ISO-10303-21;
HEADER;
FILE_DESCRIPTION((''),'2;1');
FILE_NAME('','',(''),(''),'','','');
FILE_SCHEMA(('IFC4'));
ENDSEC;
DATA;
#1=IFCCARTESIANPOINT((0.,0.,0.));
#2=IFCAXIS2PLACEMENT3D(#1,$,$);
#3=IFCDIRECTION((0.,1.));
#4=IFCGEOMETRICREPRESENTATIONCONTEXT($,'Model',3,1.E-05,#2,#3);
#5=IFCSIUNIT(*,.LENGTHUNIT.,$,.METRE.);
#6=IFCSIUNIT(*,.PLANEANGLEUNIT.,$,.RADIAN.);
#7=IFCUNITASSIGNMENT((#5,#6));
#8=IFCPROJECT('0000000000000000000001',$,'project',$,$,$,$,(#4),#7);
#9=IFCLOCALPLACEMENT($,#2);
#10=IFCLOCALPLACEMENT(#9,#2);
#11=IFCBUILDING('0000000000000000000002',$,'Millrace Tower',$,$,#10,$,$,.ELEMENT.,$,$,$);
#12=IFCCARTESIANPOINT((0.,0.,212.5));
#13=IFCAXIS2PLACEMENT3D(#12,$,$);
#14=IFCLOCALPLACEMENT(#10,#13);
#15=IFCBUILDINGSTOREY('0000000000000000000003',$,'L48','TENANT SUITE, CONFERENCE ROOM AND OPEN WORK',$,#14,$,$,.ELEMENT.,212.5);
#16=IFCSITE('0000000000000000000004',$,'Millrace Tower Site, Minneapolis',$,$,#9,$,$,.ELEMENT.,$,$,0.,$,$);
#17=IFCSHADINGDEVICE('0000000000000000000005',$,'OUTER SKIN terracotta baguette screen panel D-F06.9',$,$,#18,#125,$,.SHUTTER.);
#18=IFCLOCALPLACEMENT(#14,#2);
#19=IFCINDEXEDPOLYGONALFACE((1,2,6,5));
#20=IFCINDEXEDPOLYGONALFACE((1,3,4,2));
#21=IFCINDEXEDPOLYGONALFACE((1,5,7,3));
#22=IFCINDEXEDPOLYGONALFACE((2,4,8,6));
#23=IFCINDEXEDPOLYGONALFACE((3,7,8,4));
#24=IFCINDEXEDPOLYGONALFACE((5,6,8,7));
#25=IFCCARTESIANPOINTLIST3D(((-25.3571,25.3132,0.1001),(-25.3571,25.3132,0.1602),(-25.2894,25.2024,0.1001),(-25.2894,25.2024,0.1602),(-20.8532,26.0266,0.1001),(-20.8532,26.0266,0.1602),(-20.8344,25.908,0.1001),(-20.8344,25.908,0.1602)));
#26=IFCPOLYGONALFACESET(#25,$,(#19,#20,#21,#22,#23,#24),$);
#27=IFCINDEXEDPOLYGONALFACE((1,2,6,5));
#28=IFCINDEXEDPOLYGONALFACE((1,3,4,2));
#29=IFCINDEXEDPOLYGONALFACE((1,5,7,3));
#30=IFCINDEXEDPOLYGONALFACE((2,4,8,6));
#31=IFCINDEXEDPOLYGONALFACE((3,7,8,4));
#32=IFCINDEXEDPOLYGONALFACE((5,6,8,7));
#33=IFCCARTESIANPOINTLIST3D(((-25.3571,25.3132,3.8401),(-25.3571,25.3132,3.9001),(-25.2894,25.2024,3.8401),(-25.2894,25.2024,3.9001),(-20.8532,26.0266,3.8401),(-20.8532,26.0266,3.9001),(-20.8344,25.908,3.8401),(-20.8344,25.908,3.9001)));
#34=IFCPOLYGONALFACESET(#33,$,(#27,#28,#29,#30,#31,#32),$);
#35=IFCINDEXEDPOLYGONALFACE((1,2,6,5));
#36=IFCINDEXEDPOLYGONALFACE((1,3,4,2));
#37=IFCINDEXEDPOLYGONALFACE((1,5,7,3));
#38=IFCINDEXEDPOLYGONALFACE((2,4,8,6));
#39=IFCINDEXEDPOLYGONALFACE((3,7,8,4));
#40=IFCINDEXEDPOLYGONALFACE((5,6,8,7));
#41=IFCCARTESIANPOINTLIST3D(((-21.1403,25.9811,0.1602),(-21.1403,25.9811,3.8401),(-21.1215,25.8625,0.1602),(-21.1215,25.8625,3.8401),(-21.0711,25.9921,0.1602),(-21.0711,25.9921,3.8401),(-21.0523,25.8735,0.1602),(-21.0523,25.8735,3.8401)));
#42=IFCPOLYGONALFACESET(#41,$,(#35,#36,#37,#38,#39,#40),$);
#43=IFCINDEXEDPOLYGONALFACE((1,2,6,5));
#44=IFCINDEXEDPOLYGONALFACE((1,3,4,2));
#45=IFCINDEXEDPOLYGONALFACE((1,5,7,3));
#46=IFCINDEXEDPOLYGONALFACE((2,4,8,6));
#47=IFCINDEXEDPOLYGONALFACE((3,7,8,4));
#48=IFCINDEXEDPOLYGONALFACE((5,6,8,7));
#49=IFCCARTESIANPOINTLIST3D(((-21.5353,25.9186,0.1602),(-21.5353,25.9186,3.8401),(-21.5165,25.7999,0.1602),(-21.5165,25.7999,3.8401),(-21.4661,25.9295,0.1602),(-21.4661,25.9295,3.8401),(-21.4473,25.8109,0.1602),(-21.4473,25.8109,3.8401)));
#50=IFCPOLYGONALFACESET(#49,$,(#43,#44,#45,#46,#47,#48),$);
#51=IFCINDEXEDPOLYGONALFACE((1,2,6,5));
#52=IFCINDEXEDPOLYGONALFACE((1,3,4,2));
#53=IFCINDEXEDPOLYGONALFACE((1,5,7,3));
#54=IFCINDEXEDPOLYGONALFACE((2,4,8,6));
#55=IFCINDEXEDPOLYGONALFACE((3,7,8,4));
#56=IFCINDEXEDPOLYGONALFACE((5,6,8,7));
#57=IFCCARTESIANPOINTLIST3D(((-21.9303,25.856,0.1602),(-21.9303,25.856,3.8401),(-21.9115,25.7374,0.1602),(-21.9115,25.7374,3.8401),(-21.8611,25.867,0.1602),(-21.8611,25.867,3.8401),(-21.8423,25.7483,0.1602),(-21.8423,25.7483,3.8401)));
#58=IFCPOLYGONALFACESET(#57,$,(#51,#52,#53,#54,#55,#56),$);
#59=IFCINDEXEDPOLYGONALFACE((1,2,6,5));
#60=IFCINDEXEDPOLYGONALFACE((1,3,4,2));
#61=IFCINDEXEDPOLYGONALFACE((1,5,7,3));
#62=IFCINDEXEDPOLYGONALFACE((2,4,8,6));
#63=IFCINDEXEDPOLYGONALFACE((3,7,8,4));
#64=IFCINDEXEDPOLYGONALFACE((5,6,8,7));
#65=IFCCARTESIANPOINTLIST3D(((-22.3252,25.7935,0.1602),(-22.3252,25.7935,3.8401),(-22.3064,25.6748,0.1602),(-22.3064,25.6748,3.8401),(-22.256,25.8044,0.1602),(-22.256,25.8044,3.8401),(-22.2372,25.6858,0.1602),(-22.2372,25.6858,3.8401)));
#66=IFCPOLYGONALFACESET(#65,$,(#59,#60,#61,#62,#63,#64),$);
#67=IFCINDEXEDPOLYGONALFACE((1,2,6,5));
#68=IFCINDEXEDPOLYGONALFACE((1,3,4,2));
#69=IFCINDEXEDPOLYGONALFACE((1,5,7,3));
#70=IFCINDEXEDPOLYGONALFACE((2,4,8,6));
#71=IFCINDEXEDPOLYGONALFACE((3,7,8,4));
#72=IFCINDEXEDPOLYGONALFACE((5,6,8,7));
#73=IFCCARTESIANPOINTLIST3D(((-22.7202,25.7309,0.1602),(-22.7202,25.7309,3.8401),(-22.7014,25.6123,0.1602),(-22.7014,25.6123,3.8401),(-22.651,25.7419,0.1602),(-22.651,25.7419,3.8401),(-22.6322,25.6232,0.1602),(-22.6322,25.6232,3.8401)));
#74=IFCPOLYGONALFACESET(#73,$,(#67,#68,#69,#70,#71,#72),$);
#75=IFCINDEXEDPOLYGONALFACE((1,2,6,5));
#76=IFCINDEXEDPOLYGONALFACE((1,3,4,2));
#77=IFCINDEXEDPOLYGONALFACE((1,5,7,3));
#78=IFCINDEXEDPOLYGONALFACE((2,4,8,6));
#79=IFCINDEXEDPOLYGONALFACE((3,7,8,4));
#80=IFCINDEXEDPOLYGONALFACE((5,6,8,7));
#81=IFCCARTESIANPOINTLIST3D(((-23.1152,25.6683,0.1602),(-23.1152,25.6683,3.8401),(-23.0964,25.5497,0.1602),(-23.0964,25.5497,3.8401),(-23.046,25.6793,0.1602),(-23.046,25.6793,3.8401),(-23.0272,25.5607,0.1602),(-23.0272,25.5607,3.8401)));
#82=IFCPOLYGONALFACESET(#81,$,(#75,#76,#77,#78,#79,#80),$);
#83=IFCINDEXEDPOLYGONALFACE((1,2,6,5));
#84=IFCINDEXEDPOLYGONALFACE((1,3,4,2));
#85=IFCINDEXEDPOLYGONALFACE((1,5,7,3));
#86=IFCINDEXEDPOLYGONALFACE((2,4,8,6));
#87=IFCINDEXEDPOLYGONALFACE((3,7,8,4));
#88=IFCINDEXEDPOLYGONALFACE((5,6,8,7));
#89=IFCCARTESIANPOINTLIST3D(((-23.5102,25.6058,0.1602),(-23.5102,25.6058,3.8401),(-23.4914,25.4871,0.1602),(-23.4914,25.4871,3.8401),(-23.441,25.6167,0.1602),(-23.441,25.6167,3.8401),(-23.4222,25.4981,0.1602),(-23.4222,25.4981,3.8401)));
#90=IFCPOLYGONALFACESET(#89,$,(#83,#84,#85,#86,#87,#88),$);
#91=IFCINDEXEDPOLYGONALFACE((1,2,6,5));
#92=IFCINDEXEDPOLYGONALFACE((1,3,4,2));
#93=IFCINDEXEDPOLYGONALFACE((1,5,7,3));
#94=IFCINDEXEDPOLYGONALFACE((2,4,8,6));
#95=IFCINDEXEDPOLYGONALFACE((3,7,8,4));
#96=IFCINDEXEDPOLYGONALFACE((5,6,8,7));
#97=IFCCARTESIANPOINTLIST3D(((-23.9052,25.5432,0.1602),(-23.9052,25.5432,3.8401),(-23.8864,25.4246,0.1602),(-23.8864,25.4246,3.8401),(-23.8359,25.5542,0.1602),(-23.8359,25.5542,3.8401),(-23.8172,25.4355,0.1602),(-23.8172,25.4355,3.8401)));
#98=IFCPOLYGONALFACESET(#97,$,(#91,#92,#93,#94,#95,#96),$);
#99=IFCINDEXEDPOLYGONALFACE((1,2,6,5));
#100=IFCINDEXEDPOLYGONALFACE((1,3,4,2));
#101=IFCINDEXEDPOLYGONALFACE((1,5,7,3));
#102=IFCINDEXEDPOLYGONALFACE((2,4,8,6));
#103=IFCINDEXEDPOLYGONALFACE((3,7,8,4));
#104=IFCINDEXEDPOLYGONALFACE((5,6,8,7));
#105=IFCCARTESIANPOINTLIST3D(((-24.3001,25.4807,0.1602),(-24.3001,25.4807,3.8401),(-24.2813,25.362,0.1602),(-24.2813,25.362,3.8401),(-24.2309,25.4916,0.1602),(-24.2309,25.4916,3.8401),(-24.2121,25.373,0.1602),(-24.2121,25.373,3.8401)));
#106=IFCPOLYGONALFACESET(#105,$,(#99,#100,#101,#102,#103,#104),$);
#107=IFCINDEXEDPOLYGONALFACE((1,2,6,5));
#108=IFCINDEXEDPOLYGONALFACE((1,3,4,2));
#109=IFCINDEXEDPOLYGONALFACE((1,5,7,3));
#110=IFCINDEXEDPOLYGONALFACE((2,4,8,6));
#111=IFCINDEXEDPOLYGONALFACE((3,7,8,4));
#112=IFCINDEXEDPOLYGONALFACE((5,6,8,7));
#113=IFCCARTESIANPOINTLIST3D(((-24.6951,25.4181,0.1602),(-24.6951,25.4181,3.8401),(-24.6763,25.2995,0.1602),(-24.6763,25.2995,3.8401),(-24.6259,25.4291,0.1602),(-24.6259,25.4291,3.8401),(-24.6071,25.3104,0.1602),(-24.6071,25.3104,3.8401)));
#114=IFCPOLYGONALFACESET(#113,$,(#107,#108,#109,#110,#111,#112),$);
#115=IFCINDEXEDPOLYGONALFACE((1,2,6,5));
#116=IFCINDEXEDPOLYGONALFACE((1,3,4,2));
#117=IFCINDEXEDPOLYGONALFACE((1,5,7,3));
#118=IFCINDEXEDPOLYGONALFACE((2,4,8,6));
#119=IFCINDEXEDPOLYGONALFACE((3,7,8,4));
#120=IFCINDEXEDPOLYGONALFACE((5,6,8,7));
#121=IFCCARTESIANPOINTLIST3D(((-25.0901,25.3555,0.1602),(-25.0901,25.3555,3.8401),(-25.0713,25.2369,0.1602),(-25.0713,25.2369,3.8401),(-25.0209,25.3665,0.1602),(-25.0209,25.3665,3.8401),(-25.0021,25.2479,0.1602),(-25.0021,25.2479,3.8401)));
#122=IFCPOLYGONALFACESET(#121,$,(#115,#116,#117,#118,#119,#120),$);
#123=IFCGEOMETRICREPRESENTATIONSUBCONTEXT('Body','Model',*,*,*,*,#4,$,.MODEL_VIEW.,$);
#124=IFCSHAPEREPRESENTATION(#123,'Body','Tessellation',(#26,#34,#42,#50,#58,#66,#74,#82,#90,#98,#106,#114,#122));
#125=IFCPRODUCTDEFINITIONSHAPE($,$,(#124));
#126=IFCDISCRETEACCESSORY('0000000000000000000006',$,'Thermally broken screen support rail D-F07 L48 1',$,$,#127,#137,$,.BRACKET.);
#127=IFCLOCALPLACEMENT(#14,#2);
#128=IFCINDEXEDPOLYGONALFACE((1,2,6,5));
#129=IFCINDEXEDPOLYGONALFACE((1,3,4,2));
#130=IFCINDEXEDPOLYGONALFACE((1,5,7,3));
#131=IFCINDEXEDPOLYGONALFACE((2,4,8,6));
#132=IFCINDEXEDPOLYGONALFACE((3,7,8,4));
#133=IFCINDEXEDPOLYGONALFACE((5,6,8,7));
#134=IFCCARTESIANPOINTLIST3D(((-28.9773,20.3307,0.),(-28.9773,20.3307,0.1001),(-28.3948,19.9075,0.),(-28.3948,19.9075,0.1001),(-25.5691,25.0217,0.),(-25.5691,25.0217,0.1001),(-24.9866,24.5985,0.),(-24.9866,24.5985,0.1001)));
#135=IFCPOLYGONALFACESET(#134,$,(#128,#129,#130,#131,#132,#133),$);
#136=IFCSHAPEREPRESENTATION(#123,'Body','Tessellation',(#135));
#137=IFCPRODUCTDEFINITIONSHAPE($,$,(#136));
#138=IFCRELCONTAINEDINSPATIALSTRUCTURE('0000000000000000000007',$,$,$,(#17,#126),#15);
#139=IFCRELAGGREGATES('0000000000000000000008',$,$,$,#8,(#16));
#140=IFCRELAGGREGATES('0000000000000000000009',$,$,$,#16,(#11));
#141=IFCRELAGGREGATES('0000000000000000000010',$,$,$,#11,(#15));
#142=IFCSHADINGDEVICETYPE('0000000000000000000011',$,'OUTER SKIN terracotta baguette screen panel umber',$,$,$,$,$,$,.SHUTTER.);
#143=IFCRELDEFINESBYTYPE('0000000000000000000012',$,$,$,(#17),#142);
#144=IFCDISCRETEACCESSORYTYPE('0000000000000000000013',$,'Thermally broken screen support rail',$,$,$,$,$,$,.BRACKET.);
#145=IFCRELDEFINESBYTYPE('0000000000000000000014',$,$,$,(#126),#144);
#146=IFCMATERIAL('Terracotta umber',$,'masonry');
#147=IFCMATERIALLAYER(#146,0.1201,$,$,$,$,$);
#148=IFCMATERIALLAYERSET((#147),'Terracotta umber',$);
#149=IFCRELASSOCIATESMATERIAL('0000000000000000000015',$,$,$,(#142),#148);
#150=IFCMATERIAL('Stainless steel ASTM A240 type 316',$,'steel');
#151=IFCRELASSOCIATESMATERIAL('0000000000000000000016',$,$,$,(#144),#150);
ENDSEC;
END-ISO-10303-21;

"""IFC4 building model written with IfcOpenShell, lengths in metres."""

from ifc_helpers import new_model, entity, si_unit, direction, frame, frame_2d, origin, origin_2d, place, context, subcontext, project, spatial, rectangle, extrude, source, transform, mapped, material, layer, layer_set, type_object, element, save


model = new_model("IFC4")

# Units and contexts
model_context = context("Model", 3, precision=1e-05, world=origin(), true_north=direction((0.0, 1.0)))
body_context = subcontext(model_context, "Body", "Model", "MODEL_VIEW")
ifc_project = project(units=[si_unit("LENGTHUNIT", "METRE"), si_unit("PLANEANGLEUNIT", "RADIAN")], contexts=[model_context])

# Site, building, storey
site_placement = place(None, origin())
site = spatial("IfcSite", under=ifc_project, at=site_placement, Name="Millrace Tower Site, Minneapolis", CompositionType="ELEMENT", RefElevation=0.0)
building_placement = place(site_placement, origin())
building = spatial("IfcBuilding", under=site, at=building_placement, Name="Millrace Tower", CompositionType="ELEMENT")
storey_placement = place(building_placement, frame((0.0, 0.0, 212.5)))
storey = spatial("IfcBuildingStorey", under=building, at=storey_placement, Name="L48", Description="TENANT SUITE, CONFERENCE ROOM AND OPEN WORK", CompositionType="ELEMENT", Elevation=212.5)

# Shading device
ifc_material_1 = material(Name="Terracotta umber", Category="masonry")
ifc_layer_1 = layer(ifc_material_1, 0.1201)
ifc_layer_set_1 = layer_set([ifc_layer_1], Name="Terracotta umber")
shading_device_type = type_object("IfcShadingDeviceType", Name="OUTER SKIN terracotta baguette screen panel umber", PredefinedType="SHUTTER", material=ifc_layer_set_1)
cartesian_point_1 = entity("IfcCartesianPoint", [-2.2676, 0.0601])
shared_polyline_1 = entity("IfcPolyline", [cartesian_point_1, entity("IfcCartesianPoint", [2.2429, 0.0601]), entity("IfcCartesianPoint", [2.2925, -0.0601]), entity("IfcCartesianPoint", [-2.2676, -0.0601]), cartesian_point_1])
shared_shape_1 = source(origin(), body_context, "Body", "SweptSolid", [
    entity("IfcExtrudedAreaSolid", entity("IfcArbitraryClosedProfileDef", "AREA", None, shared_polyline_1), entity("IfcAxis2Placement3D", entity("IfcCartesianPoint", [0.0, 0.0, 0.0])), entity("IfcDirection", [0.0, 0.0, 1.0]), 0.0601),
    entity("IfcExtrudedAreaSolid", entity("IfcArbitraryClosedProfileDef", "AREA", None, shared_polyline_1), entity("IfcAxis2Placement3D", entity("IfcCartesianPoint", [0.0, 0.0, 3.74])), entity("IfcDirection", [0.0, 0.0, 1.0]), 0.0601),
    extrude(rectangle(XDim=0.0701, YDim=0.1201, at=frame_2d((-2.012, 0.0))), frame((0.0, 0.0, 0.0601)), (0.0, 0.0, 1.0), 3.6799),
    extrude(rectangle(XDim=0.0701, YDim=0.1201, at=frame_2d((-1.6121, 0.0))), frame((0.0, 0.0, 0.0601)), (0.0, 0.0, 1.0), 3.6799),
    extrude(rectangle(XDim=0.0701, YDim=0.1201, at=frame_2d((-1.2122, 0.0))), frame((0.0, 0.0, 0.0601)), (0.0, 0.0, 1.0), 3.6799),
    extrude(rectangle(XDim=0.0701, YDim=0.1201, at=frame_2d((-0.8123, 0.0))), frame((0.0, 0.0, 0.0601)), (0.0, 0.0, 1.0), 3.6799),
    extrude(rectangle(XDim=0.0701, YDim=0.1201, at=frame_2d((-0.4124, 0.0))), frame((0.0, 0.0, 0.0601)), (0.0, 0.0, 1.0), 3.6799),
    extrude(rectangle(XDim=0.0701, YDim=0.1201, at=frame_2d((-0.0125, 0.0))), frame((0.0, 0.0, 0.0601)), (0.0, 0.0, 1.0), 3.6799),
    extrude(rectangle(XDim=0.0701, YDim=0.1201, at=frame_2d((0.3875, 0.0))), frame((0.0, 0.0, 0.0601)), (0.0, 0.0, 1.0), 3.6799),
    extrude(rectangle(XDim=0.0701, YDim=0.1201, at=frame_2d((0.7874, 0.0))), frame((0.0, 0.0, 0.0601)), (0.0, 0.0, 1.0), 3.6799),
    extrude(rectangle(XDim=0.0701, YDim=0.1201, at=frame_2d((1.1873, 0.0))), frame((0.0, 0.0, 0.0601)), (0.0, 0.0, 1.0), 3.6799),
    extrude(rectangle(XDim=0.0701, YDim=0.1201, at=frame_2d((1.5872, 0.0))), frame((0.0, 0.0, 0.0601)), (0.0, 0.0, 1.0), 3.6799),
    extrude(rectangle(XDim=0.0701, YDim=0.1201, at=frame_2d((1.9871, 0.0))), frame((0.0, 0.0, 0.0601)), (0.0, 0.0, 1.0), 3.6799),
])
shading_device_1_placement = place(storey_placement, frame((-23.0835, 25.6125, 0.1001), z_axis=(0.0, 0.0, 1.0), x_axis=(-0.987688, -0.156434, 0.0)))
element("IfcShadingDevice", 1, at=shading_device_1_placement, inside=storey, type_object=shading_device_type, Name="OUTER SKIN terracotta baguette screen panel D-F06.9", PredefinedType="SHUTTER", context=body_context, shape_type="MappedRepresentation", body=[
    mapped(shared_shape_1, transform((0.0, 0.0, 0.0), scale=1.0)),
])

# Discrete accessory
ifc_material_2 = material(Name="Stainless steel ASTM A240 type 316", Category="steel")
discrete_accessory_type = type_object("IfcDiscreteAccessoryType", Name="Thermally broken screen support rail", PredefinedType="BRACKET", material=ifc_material_2)
discrete_accessory_placement = place(storey_placement, frame((-26.9819, 22.4646, 0.0), z_axis=(0.0, 0.0, 1.0), x_axis=(-0.587785, -0.809017, 0.0)))
element("IfcDiscreteAccessory", 2, at=discrete_accessory_placement, inside=storey, type_object=discrete_accessory_type, Name="Thermally broken screen support rail D-F07 L48 1", PredefinedType="BRACKET", context=body_context, shape_type="SweptSolid", body=[
    extrude(rectangle(XDim=5.7983, YDim=0.72, at=origin_2d()), origin(), (0.0, 0.0, 1.0), 0.1001),
])

save(model, "model.ifc")
